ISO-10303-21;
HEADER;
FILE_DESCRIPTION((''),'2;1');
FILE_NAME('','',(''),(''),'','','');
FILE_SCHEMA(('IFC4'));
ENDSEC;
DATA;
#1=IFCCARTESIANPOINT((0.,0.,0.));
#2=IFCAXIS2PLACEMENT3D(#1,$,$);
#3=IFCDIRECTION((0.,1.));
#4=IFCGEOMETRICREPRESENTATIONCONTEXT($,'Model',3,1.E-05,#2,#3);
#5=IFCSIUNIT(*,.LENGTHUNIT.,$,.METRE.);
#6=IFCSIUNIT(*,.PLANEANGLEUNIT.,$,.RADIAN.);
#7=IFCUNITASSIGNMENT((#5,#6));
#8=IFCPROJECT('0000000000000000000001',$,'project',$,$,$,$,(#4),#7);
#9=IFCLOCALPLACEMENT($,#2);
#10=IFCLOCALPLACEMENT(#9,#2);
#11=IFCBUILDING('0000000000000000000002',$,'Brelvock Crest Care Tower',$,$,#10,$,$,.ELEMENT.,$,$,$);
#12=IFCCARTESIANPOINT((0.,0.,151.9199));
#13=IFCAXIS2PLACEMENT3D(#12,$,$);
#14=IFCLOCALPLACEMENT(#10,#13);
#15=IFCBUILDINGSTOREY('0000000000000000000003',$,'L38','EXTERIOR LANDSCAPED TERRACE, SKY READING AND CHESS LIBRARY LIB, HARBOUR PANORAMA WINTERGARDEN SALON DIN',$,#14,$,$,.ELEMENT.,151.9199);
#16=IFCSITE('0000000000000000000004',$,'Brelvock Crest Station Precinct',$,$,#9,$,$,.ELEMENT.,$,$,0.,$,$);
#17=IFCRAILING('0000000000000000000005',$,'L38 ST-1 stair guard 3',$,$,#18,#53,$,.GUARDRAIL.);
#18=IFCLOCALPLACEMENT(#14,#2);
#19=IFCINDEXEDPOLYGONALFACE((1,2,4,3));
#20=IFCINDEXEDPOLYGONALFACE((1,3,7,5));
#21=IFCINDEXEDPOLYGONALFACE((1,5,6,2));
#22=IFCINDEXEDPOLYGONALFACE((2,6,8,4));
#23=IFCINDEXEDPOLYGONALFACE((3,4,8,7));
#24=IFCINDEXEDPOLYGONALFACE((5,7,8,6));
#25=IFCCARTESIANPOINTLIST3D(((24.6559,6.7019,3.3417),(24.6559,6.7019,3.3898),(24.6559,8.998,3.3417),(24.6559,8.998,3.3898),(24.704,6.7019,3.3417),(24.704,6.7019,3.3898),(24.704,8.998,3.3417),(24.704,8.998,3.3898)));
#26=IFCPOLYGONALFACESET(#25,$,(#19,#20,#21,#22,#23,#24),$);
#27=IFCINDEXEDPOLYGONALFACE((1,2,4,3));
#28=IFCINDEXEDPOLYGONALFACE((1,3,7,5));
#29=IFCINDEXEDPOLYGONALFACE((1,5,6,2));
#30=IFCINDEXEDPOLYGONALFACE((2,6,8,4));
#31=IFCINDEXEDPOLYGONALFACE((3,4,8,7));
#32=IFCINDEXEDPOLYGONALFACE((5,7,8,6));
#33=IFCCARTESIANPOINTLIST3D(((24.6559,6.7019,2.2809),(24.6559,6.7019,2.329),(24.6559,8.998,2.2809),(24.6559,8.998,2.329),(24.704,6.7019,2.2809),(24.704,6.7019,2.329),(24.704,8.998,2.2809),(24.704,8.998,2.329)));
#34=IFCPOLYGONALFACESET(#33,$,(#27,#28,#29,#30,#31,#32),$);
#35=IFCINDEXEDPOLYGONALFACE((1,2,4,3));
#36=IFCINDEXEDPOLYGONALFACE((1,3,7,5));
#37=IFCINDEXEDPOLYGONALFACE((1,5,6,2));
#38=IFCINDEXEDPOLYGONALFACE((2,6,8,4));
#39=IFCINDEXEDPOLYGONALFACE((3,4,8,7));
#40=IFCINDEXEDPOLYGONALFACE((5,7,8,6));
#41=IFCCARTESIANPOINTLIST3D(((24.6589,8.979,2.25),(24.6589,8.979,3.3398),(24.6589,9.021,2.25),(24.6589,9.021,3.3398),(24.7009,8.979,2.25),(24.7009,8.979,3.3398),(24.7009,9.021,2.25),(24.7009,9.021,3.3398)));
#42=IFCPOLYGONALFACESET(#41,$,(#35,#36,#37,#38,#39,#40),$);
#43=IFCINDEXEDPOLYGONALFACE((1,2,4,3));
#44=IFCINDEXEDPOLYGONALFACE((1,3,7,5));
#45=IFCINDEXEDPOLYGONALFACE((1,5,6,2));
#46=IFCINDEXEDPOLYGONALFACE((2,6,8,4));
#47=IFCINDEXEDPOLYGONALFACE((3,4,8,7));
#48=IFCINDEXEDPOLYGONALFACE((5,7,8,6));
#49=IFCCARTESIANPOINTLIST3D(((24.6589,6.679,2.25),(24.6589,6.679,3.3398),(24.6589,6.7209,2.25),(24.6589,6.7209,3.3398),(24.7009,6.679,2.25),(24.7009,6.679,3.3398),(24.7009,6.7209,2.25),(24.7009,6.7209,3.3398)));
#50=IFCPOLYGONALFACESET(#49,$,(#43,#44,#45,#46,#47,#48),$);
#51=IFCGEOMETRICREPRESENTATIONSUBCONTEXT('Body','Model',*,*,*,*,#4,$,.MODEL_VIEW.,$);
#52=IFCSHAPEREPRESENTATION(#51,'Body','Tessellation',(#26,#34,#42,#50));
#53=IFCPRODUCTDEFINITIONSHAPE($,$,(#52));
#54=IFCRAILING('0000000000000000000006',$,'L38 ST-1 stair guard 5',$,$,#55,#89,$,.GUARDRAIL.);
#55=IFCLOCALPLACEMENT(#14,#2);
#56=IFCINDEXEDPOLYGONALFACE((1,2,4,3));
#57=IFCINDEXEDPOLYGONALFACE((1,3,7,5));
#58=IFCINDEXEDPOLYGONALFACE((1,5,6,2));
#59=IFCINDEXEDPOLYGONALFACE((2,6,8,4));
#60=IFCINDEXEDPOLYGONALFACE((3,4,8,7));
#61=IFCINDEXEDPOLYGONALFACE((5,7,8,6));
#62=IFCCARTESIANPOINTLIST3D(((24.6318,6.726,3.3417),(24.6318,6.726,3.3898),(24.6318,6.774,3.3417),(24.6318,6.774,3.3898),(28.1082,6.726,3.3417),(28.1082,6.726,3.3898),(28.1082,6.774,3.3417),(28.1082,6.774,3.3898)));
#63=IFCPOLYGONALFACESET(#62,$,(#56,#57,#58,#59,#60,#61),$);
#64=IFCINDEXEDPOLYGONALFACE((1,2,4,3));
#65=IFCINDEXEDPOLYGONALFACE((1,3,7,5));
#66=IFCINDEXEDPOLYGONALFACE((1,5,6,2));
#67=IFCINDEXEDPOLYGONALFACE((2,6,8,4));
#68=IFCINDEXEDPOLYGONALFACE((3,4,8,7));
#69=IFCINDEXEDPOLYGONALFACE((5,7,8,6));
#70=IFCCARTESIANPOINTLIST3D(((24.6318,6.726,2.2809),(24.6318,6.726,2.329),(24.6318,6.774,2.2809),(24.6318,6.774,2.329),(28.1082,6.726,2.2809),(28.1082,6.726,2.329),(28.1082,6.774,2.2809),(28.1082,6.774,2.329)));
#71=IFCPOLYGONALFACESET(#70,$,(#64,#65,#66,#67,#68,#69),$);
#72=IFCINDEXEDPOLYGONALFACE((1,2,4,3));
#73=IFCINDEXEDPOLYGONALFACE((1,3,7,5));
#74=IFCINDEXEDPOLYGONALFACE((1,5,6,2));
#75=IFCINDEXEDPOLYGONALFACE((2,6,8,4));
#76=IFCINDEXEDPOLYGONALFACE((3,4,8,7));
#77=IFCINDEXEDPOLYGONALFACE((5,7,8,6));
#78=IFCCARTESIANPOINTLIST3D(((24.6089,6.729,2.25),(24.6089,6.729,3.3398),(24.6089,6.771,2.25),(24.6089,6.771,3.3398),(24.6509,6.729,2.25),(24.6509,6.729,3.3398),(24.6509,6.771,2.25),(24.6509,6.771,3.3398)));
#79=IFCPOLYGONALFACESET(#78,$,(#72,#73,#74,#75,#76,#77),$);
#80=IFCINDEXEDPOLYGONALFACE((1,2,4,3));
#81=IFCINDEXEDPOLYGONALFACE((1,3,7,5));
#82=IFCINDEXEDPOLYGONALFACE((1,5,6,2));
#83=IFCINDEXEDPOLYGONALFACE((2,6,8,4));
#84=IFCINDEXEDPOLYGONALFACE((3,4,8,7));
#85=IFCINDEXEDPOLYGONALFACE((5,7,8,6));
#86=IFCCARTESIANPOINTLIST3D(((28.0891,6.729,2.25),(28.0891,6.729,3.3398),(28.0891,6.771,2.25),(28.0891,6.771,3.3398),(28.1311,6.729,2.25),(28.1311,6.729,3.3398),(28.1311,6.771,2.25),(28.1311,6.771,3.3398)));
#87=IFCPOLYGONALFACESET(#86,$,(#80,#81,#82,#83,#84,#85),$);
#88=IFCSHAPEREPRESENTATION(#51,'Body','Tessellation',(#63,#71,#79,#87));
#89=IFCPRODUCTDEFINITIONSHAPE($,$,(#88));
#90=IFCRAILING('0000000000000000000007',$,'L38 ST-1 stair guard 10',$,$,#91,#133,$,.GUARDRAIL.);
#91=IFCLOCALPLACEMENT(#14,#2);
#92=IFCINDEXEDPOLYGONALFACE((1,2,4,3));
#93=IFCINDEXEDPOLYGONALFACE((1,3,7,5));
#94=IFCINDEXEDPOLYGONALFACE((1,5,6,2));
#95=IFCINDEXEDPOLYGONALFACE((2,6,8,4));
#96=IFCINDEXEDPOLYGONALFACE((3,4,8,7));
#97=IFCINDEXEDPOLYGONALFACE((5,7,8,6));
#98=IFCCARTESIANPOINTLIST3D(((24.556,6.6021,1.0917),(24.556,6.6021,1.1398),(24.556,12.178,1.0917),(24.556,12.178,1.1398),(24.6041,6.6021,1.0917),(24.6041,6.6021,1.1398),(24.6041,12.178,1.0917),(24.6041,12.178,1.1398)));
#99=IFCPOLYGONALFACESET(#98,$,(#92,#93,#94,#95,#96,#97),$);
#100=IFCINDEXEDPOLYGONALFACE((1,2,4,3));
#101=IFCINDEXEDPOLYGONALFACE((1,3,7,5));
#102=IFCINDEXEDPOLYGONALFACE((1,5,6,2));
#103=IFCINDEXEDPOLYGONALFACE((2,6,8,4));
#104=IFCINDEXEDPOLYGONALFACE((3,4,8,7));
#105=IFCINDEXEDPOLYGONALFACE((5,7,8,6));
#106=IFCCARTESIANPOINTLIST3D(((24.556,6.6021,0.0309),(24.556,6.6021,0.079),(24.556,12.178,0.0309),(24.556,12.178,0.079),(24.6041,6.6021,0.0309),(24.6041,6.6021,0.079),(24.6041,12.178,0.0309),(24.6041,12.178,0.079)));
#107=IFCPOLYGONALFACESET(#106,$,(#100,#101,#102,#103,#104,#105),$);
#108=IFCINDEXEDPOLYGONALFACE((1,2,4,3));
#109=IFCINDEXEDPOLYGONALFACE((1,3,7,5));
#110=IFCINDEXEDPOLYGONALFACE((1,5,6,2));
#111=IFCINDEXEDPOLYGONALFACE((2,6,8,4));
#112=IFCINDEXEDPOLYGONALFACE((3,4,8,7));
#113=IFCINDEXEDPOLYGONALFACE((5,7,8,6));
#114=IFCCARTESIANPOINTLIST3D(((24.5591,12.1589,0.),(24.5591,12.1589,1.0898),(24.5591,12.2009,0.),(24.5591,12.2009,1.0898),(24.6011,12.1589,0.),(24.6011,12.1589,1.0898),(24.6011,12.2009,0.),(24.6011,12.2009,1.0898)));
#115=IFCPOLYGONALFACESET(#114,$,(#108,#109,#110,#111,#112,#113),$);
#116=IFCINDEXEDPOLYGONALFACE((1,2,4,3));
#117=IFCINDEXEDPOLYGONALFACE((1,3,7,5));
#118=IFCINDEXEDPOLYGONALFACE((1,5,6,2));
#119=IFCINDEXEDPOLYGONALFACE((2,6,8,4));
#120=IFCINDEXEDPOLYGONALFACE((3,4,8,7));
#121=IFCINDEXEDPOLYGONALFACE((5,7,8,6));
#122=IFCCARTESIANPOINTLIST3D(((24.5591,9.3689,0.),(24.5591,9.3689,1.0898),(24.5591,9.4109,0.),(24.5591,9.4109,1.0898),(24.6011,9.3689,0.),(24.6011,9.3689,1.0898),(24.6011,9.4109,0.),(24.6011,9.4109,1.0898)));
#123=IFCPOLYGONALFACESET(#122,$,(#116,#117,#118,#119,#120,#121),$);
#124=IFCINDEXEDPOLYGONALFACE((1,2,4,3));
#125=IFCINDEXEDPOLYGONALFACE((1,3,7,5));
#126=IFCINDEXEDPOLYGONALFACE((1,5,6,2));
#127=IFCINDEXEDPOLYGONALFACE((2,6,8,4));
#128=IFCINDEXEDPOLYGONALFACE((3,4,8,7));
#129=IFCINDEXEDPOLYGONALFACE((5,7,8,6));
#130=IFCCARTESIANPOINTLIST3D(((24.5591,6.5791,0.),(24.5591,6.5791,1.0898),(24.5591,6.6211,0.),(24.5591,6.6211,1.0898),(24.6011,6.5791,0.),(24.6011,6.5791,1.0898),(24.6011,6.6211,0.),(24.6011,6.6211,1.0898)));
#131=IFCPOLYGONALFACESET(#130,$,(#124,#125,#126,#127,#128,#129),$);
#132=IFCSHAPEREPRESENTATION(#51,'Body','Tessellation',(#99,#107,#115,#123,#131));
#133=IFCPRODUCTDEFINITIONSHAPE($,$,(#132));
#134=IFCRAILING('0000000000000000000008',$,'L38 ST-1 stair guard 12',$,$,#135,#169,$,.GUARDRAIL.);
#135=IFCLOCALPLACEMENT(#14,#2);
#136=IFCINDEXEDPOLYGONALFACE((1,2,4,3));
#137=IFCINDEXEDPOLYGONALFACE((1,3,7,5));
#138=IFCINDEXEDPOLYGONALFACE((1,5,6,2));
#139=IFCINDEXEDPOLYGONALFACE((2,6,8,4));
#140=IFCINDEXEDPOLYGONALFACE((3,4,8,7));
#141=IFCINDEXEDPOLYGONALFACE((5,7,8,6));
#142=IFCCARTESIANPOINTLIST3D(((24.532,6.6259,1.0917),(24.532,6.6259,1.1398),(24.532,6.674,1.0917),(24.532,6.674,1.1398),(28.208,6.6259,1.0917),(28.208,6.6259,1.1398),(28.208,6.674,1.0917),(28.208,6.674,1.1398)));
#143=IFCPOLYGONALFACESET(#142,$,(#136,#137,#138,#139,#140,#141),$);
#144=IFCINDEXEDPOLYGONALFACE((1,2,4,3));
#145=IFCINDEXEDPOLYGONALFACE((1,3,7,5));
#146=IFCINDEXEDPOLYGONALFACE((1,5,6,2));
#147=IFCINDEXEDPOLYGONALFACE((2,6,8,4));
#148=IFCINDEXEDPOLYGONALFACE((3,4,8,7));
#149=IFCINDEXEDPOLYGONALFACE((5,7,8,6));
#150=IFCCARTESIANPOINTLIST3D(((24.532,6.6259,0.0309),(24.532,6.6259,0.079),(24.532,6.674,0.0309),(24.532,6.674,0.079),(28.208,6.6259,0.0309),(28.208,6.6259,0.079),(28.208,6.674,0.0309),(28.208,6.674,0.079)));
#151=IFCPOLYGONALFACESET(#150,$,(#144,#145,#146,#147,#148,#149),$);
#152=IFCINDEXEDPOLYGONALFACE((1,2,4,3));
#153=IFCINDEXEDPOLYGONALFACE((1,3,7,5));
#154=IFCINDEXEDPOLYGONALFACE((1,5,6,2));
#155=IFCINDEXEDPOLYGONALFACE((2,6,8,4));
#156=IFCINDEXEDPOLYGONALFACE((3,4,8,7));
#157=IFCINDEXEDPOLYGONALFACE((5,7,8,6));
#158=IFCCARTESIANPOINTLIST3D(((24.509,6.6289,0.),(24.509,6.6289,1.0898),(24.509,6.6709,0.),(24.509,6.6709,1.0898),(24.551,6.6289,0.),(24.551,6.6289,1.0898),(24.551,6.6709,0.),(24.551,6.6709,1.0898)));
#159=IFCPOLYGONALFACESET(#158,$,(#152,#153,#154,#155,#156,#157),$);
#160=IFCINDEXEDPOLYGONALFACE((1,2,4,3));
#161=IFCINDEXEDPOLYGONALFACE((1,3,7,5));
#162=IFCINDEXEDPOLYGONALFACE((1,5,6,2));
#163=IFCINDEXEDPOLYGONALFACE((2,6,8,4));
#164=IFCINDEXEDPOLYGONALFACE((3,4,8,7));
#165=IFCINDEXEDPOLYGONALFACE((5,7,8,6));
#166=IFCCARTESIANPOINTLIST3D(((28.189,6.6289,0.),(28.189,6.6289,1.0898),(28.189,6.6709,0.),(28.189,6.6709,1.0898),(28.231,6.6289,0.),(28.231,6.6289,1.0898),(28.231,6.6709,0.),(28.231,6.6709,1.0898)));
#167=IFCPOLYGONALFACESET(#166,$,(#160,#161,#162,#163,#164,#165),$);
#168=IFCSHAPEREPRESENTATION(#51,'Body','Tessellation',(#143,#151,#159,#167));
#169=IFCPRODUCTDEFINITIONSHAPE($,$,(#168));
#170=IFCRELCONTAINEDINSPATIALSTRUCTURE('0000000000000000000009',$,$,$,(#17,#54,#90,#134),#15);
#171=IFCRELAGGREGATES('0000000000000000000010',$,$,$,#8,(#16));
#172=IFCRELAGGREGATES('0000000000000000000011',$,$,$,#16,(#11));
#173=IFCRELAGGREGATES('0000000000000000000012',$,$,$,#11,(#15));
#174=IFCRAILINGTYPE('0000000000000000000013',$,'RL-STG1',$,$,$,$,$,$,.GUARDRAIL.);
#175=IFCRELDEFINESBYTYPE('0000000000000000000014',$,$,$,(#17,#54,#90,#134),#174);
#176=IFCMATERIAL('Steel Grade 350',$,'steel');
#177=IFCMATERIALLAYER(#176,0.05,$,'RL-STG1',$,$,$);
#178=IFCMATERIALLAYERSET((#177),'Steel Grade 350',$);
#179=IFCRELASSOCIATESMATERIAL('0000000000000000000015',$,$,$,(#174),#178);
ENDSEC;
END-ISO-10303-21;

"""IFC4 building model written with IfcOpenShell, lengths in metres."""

from ifc_helpers import new_model, si_unit, direction, frame, origin, origin_2d, place, context, subcontext, project, spatial, rectangle, extrude, material, layer, layer_set, type_object, element, save


model = new_model("IFC4")

# Units and contexts
model_context = context("Model", 3, precision=1e-05, world=origin(), true_north=direction((0.0, 1.0)))
body_context = subcontext(model_context, "Body", "Model", "MODEL_VIEW")
ifc_project = project(units=[si_unit("LENGTHUNIT", "METRE"), si_unit("PLANEANGLEUNIT", "RADIAN")], contexts=[model_context])

# Site, building, storey
site_placement = place(None, origin())
site = spatial("IfcSite", under=ifc_project, at=site_placement, Name="Brelvock Crest Station Precinct", CompositionType="ELEMENT", RefElevation=0.0)
building_placement = place(site_placement, origin())
building = spatial("IfcBuilding", under=site, at=building_placement, Name="Brelvock Crest Care Tower", CompositionType="ELEMENT")
storey_placement = place(building_placement, frame((0.0, 0.0, 151.9199)))
storey = spatial("IfcBuildingStorey", under=building, at=storey_placement, Name="L38", Description="EXTERIOR LANDSCAPED TERRACE, SKY READING AND CHESS LIBRARY LIB, HARBOUR PANORAMA WINTERGARDEN SALON DIN", CompositionType="ELEMENT", Elevation=151.9199)

# Shared definitions
ifc_material_1 = material(Name="Steel Grade 350", Category="steel")

# Railings
ifc_layer_1 = layer(ifc_material_1, 0.05, Name="RL-STG1")
ifc_layer_set_1 = layer_set([ifc_layer_1], Name="Steel Grade 350")
railing_type = type_object("IfcRailingType", Name="RL-STG1", PredefinedType="GUARDRAIL", material=ifc_layer_set_1)
railing_1_placement = place(storey_placement, frame((24.6799, 9.0, 2.25)))
element("IfcRailing", 1, at=railing_1_placement, inside=storey, type_object=railing_type, Name="L38 ST-1 stair guard 3", PredefinedType="GUARDRAIL", context=body_context, shape_type="SweptSolid", body=[
    extrude(rectangle(XDim=0.0481, YDim=0.0481, at=origin_2d()), frame((0.0, -0.002, 1.1157), z_axis=(0.0, -1.0, 0.0), x_axis=(1.0, 0.0, 0.0)), (0.0, 0.0, 1.0), 2.2961),
    extrude(rectangle(XDim=0.0481, YDim=0.0481, at=origin_2d()), frame((0.0, -0.002, 0.0549), z_axis=(0.0, -1.0, 0.0), x_axis=(1.0, 0.0, 0.0)), (0.0, 0.0, 1.0), 2.2961),
    extrude(rectangle(XDim=0.042, YDim=0.042, at=origin_2d()), origin(), (0.0, 0.0, 1.0), 1.0898),
    extrude(rectangle(XDim=0.042, YDim=0.042, at=origin_2d()), frame((0.0, -2.3, 0.0)), (0.0, 0.0, 1.0), 1.0898),
])
railing_2_placement = place(storey_placement, frame((24.6299, 6.75, 2.25)))
element("IfcRailing", 2, at=railing_2_placement, inside=storey, type_object=railing_type, Name="L38 ST-1 stair guard 5", PredefinedType="GUARDRAIL", context=body_context, shape_type="SweptSolid", body=[
    extrude(rectangle(XDim=0.0481, YDim=0.0481, at=origin_2d()), frame((0.002, 0.0, 1.1157), z_axis=(1.0, 0.0, 0.0), x_axis=(0.0, 1.0, 0.0)), (0.0, 0.0, 1.0), 3.4763),
    extrude(rectangle(XDim=0.0481, YDim=0.0481, at=origin_2d()), frame((0.002, 0.0, 0.0549), z_axis=(1.0, 0.0, 0.0), x_axis=(0.0, 1.0, 0.0)), (0.0, 0.0, 1.0), 3.4763),
    extrude(rectangle(XDim=0.042, YDim=0.042, at=origin_2d()), origin(), (0.0, 0.0, 1.0), 1.0898),
    extrude(rectangle(XDim=0.042, YDim=0.042, at=origin_2d()), frame((3.4802, 0.0, 0.0)), (0.0, 0.0, 1.0), 1.0898),
])
railing_3_placement = place(storey_placement, frame((24.5801, 12.1799, 0.0)))
element("IfcRailing", 3, at=railing_3_placement, inside=storey, type_object=railing_type, Name="L38 ST-1 stair guard 10", PredefinedType="GUARDRAIL", context=body_context, shape_type="SweptSolid", body=[
    extrude(rectangle(XDim=0.0481, YDim=0.0481, at=origin_2d()), frame((0.0, -0.002, 1.1157), z_axis=(0.0, -1.0, 0.0), x_axis=(1.0, 0.0, 0.0)), (0.0, 0.0, 1.0), 5.5759),
    extrude(rectangle(XDim=0.0481, YDim=0.0481, at=origin_2d()), frame((0.0, -0.002, 0.0549), z_axis=(0.0, -1.0, 0.0), x_axis=(1.0, 0.0, 0.0)), (0.0, 0.0, 1.0), 5.5759),
    extrude(rectangle(XDim=0.042, YDim=0.042, at=origin_2d()), origin(), (0.0, 0.0, 1.0), 1.0898),
    extrude(rectangle(XDim=0.042, YDim=0.042, at=origin_2d()), frame((0.0, -2.79, 0.0)), (0.0, 0.0, 1.0), 1.0898),
    extrude(rectangle(XDim=0.042, YDim=0.042, at=origin_2d()), frame((0.0, -5.5798, 0.0)), (0.0, 0.0, 1.0), 1.0898),
])
railing_4_placement = place(storey_placement, frame((24.53, 6.6499, 0.0)))
element("IfcRailing", 4, at=railing_4_placement, inside=storey, type_object=railing_type, Name="L38 ST-1 stair guard 12", PredefinedType="GUARDRAIL", context=body_context, shape_type="SweptSolid", body=[
    extrude(rectangle(XDim=0.0481, YDim=0.0481, at=origin_2d()), frame((0.002, 0.0, 1.1157), z_axis=(1.0, 0.0, 0.0), x_axis=(0.0, 1.0, 0.0)), (0.0, 0.0, 1.0), 3.676),
    extrude(rectangle(XDim=0.0481, YDim=0.0481, at=origin_2d()), frame((0.002, 0.0, 0.0549), z_axis=(1.0, 0.0, 0.0), x_axis=(0.0, 1.0, 0.0)), (0.0, 0.0, 1.0), 3.676),
    extrude(rectangle(XDim=0.042, YDim=0.042, at=origin_2d()), origin(), (0.0, 0.0, 1.0), 1.0898),
    extrude(rectangle(XDim=0.042, YDim=0.042, at=origin_2d()), frame((3.6799, 0.0, 0.0)), (0.0, 0.0, 1.0), 1.0898),
])

save(model, "model.ifc")
